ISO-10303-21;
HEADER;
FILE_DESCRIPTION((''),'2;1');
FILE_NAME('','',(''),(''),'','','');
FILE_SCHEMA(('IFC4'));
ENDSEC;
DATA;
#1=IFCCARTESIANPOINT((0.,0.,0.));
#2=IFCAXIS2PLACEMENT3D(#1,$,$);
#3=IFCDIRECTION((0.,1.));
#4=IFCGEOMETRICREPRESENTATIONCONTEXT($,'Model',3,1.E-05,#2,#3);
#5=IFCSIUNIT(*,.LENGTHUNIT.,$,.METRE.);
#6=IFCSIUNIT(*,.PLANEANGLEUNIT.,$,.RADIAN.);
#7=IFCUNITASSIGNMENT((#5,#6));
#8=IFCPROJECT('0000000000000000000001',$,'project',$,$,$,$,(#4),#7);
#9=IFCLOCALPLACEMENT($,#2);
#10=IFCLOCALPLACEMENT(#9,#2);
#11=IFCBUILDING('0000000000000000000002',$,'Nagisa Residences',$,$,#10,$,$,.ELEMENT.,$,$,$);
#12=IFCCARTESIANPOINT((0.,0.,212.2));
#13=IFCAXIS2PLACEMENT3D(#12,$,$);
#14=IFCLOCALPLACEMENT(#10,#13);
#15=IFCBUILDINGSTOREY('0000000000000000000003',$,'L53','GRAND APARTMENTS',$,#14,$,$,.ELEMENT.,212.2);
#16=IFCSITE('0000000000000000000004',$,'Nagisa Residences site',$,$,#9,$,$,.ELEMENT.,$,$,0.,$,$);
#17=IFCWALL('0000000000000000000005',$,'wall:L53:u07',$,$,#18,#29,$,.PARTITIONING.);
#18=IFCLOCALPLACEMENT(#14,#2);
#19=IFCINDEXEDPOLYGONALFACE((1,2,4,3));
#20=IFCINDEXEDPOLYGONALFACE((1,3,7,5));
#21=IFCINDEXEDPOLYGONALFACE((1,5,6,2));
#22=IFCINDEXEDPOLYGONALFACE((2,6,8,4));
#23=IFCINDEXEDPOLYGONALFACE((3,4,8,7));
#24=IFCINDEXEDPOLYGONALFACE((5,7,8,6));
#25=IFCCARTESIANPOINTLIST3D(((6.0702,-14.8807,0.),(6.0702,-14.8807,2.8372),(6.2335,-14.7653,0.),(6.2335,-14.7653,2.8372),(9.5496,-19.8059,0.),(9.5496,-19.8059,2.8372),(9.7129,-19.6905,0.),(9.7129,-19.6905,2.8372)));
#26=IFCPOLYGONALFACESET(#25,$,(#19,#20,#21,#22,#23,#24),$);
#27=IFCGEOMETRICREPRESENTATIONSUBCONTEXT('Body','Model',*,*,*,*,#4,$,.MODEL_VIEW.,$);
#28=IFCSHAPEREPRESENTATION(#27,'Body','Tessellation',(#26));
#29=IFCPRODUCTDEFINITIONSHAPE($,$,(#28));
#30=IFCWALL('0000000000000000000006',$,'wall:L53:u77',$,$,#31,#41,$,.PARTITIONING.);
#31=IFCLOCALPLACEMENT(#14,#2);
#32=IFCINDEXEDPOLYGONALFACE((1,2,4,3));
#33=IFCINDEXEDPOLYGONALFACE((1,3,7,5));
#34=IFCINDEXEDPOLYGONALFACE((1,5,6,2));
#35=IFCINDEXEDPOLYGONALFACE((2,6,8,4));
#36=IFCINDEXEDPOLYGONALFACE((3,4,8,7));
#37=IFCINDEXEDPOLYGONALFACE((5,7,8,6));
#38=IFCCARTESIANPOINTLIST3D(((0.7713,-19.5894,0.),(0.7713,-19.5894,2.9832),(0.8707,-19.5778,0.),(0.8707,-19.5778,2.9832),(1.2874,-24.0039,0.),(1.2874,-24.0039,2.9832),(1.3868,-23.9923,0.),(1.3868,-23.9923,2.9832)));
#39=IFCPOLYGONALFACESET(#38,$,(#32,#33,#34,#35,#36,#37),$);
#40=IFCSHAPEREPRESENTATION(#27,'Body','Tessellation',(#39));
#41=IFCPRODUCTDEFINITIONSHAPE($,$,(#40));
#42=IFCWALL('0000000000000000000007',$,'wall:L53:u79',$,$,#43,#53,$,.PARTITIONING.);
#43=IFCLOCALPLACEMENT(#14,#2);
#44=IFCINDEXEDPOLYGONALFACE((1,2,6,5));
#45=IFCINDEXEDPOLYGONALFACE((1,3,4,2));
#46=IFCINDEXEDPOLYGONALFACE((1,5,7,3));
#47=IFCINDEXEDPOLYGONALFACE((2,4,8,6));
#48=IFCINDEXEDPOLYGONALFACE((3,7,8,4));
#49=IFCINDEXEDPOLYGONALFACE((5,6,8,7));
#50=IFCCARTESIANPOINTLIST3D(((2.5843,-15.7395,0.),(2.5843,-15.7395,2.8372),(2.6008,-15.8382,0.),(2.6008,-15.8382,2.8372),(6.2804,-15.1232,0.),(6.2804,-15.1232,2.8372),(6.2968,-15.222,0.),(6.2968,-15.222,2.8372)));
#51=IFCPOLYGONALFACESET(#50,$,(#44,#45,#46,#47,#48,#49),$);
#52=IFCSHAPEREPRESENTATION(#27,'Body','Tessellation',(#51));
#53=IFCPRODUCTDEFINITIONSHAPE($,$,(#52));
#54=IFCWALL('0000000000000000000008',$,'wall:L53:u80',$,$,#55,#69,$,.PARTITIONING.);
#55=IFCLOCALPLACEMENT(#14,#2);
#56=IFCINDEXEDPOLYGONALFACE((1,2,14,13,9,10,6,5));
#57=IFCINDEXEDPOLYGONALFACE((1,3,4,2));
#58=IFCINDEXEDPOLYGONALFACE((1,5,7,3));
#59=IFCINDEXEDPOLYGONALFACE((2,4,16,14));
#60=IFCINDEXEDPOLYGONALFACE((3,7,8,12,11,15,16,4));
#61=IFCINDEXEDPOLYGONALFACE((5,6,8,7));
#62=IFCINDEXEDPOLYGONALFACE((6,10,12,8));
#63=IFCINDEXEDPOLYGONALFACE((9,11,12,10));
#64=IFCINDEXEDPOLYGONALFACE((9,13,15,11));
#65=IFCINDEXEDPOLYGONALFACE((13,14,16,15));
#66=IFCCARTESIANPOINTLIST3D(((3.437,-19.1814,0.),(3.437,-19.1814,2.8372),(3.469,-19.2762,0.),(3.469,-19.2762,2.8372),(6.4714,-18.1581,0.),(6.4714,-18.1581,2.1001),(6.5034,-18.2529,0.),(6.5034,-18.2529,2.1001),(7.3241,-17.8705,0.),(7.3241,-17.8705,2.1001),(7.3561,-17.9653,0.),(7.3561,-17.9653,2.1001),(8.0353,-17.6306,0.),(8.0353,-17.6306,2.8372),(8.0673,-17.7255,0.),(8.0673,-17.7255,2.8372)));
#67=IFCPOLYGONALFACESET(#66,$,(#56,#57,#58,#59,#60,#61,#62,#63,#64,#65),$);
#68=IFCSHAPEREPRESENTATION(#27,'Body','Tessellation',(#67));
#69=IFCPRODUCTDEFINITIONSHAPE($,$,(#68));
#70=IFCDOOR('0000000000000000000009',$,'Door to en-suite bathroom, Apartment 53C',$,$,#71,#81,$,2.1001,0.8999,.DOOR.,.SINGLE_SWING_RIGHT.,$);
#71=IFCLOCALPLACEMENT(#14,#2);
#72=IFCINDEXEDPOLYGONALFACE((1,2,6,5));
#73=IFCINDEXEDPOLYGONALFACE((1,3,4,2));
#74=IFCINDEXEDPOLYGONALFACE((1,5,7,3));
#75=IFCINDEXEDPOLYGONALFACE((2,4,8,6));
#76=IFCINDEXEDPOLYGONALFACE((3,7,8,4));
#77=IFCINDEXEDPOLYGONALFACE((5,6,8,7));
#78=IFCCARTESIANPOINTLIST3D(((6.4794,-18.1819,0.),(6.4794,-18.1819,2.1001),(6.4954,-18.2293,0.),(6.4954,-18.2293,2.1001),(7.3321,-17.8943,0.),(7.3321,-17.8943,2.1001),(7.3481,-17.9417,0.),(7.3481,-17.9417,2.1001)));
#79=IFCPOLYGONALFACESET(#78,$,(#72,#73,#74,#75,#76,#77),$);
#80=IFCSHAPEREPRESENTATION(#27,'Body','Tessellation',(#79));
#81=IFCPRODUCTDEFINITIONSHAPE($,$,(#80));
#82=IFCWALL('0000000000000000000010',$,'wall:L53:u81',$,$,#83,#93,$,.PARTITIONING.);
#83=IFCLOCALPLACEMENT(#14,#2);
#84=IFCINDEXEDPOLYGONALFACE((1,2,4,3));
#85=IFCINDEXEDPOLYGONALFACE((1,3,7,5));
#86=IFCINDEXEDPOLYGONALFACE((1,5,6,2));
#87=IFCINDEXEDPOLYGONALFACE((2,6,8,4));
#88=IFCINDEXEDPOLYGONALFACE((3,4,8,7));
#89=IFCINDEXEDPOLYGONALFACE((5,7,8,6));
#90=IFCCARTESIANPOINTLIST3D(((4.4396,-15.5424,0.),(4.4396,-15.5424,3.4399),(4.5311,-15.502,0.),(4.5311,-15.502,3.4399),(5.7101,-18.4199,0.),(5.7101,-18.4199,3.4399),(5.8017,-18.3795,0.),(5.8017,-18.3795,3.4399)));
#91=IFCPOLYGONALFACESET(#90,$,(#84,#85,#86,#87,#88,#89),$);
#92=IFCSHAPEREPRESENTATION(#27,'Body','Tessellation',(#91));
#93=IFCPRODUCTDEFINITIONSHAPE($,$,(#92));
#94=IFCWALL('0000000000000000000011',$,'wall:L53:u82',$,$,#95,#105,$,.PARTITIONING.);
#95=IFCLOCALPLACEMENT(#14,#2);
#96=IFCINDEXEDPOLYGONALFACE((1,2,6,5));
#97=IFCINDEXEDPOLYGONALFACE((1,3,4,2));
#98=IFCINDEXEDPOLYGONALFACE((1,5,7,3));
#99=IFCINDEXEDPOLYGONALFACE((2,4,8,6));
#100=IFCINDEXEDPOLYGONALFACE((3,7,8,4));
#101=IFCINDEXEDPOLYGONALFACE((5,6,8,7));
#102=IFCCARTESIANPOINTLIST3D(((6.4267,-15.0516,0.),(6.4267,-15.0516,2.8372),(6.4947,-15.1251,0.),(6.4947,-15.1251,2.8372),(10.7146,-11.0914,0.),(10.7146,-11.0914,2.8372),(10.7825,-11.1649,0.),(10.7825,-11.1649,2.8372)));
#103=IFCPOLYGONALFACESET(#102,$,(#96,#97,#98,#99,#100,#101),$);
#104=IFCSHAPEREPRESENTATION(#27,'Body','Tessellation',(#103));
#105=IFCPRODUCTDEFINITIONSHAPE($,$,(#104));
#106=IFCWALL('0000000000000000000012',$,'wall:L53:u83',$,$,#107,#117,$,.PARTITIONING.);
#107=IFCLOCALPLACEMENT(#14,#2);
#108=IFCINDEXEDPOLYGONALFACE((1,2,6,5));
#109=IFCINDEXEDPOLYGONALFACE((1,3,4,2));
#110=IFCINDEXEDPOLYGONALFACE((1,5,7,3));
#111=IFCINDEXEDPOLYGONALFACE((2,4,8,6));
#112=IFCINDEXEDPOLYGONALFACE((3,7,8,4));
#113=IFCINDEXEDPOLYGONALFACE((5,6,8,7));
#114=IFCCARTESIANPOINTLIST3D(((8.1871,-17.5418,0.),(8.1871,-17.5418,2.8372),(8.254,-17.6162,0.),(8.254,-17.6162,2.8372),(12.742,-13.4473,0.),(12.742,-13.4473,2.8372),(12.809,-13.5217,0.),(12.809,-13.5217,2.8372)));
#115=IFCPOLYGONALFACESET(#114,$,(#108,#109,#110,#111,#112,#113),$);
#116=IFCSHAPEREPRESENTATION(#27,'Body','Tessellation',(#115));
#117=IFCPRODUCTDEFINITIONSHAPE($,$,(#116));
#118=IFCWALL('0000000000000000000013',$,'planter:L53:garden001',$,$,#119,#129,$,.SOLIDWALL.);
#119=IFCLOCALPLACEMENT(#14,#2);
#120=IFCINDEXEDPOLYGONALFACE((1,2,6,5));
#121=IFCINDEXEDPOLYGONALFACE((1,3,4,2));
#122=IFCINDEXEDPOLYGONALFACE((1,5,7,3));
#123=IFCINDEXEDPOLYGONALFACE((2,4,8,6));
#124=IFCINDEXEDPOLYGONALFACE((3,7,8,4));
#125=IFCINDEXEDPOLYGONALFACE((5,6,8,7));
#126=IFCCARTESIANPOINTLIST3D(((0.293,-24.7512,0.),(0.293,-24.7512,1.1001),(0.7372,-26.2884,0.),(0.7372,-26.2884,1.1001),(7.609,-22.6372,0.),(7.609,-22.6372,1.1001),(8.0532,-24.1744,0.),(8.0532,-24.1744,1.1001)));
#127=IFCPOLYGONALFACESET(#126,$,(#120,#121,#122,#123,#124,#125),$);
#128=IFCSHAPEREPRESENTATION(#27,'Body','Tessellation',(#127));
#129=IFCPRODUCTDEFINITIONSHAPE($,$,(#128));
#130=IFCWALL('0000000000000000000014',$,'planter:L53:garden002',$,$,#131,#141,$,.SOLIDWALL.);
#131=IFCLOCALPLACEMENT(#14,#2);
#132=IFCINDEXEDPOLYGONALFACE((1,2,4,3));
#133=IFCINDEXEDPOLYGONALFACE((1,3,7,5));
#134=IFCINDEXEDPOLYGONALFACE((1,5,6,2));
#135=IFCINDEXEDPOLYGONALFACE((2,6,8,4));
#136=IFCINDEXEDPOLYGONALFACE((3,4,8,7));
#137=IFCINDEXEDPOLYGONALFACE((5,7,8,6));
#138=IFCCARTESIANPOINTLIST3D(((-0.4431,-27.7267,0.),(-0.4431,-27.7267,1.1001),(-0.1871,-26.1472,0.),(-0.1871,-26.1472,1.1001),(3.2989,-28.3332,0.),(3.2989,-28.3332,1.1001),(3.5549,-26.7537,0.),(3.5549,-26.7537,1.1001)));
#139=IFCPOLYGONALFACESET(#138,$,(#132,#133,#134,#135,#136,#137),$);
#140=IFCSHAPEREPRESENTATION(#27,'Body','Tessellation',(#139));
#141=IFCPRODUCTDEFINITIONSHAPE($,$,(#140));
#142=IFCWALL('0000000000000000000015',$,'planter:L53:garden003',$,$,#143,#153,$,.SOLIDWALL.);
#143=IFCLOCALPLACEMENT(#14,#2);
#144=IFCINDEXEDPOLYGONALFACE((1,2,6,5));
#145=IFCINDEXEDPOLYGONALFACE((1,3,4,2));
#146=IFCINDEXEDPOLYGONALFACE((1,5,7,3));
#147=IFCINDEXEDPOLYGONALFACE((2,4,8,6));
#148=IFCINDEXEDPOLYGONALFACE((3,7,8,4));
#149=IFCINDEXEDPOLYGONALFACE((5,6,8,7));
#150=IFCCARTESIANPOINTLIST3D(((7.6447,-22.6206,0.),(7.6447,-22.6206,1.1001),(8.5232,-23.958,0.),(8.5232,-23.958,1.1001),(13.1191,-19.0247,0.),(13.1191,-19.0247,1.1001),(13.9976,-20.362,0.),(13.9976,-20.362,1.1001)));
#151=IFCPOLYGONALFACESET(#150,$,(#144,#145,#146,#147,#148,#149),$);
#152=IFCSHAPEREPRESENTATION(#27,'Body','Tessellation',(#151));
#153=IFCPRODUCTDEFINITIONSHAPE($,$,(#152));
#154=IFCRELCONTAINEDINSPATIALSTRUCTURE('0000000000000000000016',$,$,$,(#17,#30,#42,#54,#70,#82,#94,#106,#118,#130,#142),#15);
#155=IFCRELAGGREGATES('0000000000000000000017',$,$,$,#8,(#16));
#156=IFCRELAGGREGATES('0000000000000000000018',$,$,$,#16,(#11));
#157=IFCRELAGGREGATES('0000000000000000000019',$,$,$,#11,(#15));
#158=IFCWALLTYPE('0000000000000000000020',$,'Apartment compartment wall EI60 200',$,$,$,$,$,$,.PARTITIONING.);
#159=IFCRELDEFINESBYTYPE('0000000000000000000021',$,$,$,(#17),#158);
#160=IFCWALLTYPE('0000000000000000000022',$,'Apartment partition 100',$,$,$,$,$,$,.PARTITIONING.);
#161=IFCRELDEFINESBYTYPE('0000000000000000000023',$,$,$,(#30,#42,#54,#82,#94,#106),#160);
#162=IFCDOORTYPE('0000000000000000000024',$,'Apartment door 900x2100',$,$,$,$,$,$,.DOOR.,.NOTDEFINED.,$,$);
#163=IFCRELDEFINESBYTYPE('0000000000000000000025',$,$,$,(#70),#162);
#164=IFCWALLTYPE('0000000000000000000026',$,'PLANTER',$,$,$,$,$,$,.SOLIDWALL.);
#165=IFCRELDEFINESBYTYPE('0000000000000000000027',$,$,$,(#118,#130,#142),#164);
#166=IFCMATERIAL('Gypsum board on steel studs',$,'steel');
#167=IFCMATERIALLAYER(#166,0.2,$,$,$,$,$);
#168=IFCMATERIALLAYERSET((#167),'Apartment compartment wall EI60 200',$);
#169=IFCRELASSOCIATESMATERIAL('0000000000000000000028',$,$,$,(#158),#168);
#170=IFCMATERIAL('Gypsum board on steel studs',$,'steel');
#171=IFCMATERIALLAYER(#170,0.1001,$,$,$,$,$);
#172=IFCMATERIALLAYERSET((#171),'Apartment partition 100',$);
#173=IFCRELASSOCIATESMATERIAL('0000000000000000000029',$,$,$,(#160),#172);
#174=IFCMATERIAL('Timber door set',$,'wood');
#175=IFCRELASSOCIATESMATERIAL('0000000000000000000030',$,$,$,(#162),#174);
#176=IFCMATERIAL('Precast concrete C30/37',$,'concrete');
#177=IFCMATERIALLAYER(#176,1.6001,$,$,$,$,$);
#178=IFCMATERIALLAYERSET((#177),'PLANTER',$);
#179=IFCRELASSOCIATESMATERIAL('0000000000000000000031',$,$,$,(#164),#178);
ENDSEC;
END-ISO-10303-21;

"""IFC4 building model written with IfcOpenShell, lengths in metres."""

from ifc_helpers import new_model, si_unit, direction, frame, frame_2d, origin, place, context, subcontext, project, spatial, rectangle, extrude, material, layer, layer_set, type_object, element, fill, save


model = new_model("IFC4")

# Units and contexts
model_context = context("Model", 3, precision=1e-05, world=origin(), true_north=direction((0.0, 1.0)))
body_context = subcontext(model_context, "Body", "Model", "MODEL_VIEW")
ifc_project = project(units=[si_unit("LENGTHUNIT", "METRE"), si_unit("PLANEANGLEUNIT", "RADIAN")], contexts=[model_context])

# Site, building, storey
site_placement = place(None, origin())
site = spatial("IfcSite", under=ifc_project, at=site_placement, Name="Nagisa Residences site", CompositionType="ELEMENT", RefElevation=0.0)
building_placement = place(site_placement, origin())
building = spatial("IfcBuilding", under=site, at=building_placement, Name="Nagisa Residences", CompositionType="ELEMENT")
storey_placement = place(building_placement, frame((0.0, 0.0, 212.2)))
storey = spatial("IfcBuildingStorey", under=building, at=storey_placement, Name="L53", Description="GRAND APARTMENTS", CompositionType="ELEMENT", Elevation=212.2)

# Walls
ifc_material_1 = material(Name="Gypsum board on steel studs", Category="steel")
ifc_layer_1 = layer(ifc_material_1, 0.2)
ifc_layer_set_1 = layer_set([ifc_layer_1], Name="Apartment compartment wall EI60 200")
wall_type_1 = type_object("IfcWallType", Name="Apartment compartment wall EI60 200", PredefinedType="PARTITIONING", material=ifc_layer_set_1)
wall_1_placement = place(storey_placement, frame((6.1519, -14.823, 0.0), z_axis=(0.0, 0.0, 1.0), x_axis=(0.576995, -0.816748, 0.0)))
element("IfcWall", 1, at=wall_1_placement, inside=storey, type_object=wall_type_1, Name="wall:L53:u07", PredefinedType="PARTITIONING", context=body_context, shape_type="SweptSolid", body=[
    extrude(rectangle(XDim=6.0303, YDim=0.2, at=frame_2d((3.0151, 0.0))), origin(), (0.0, 0.0, 1.0), 2.8372),
])
ifc_material_2 = material(Name="Gypsum board on steel studs", Category="steel")
ifc_layer_2 = layer(ifc_material_2, 0.1001)
ifc_layer_set_2 = layer_set([ifc_layer_2], Name="Apartment partition 100")
wall_type_2 = type_object("IfcWallType", Name="Apartment partition 100", PredefinedType="PARTITIONING", material=ifc_layer_set_2)
wall_2_placement = place(storey_placement, frame((0.821, -19.5837, 0.0), z_axis=(0.0, 0.0, 1.0), x_axis=(0.116121, -0.993235, 0.0)))
element("IfcWall", 2, at=wall_2_placement, inside=storey, type_object=wall_type_2, Name="wall:L53:u77", PredefinedType="PARTITIONING", context=body_context, shape_type="SweptSolid", body=[
    extrude(rectangle(XDim=4.4446, YDim=0.1001, at=frame_2d((2.2222, 0.0))), origin(), (0.0, 0.0, 1.0), 2.9832),
])
wall_3_placement = place(storey_placement, frame((2.5925, -15.7888, 0.0), z_axis=(0.0, 0.0, 1.0), x_axis=(0.986385, 0.164452, 0.0)))
element("IfcWall", 3, at=wall_3_placement, inside=storey, type_object=wall_type_2, Name="wall:L53:u79", PredefinedType="PARTITIONING", context=body_context, shape_type="SweptSolid", body=[
    extrude(rectangle(XDim=3.7471, YDim=0.1001, at=frame_2d((1.8735, 0.0))), origin(), (0.0, 0.0, 1.0), 2.8372),
])

# Wall, opening, door
wall_4_placement = place(storey_placement, frame((3.4531, -19.2288, 0.0), z_axis=(0.0, 0.0, 1.0), x_axis=(0.947566, 0.319561, 0.0)))
wall_4 = element("IfcWall", 4, at=wall_4_placement, inside=storey, type_object=wall_type_2, Name="wall:L53:u80", PredefinedType="PARTITIONING", context=body_context, shape_type="SweptSolid", body=[
    extrude(rectangle(XDim=4.8528, YDim=0.1001, at=frame_2d((2.4263, 0.0))), origin(), (0.0, 0.0, 1.0), 2.8372),
])
opening_1_placement = place(wall_4_placement, frame((3.2021, 0.0, 0.0)))
opening_1 = element("IfcOpeningElement", 5, at=opening_1_placement, cuts=wall_4, PredefinedType="OPENING", context=body_context, shape_type="SweptSolid", body=[
    extrude(rectangle(XDim=0.8999, YDim=2.1001, at=frame_2d((0.45, 1.05))), frame((0.0, 0.0601, 0.0), z_axis=(0.0, -1.0, 0.0), x_axis=(1.0, 0.0, 0.0)), (0.0, 0.0, 1.0), 0.1201),
])
ifc_material_3 = material(Name="Timber door set", Category="wood")
door_type_1 = type_object("IfcDoorType", Name="Apartment door 900x2100", OperationType="NOTDEFINED", PredefinedType="DOOR", material=ifc_material_3)
door_1_placement = place(opening_1_placement, origin())
door_1 = element("IfcDoor", 6, at=door_1_placement, inside=storey, type_object=door_type_1, Name="Door to en-suite bathroom, Apartment 53C", OperationType="SINGLE_SWING_RIGHT", OverallHeight=2.1001, OverallWidth=0.8999, PredefinedType="DOOR", context=body_context, shape_type="SweptSolid", body=[
    extrude(rectangle(XDim=0.8999, YDim=2.1001, at=frame_2d((0.45, 1.05))), frame((0.0, 0.0249, 0.0), z_axis=(0.0, -1.0, 0.0), x_axis=(1.0, 0.0, 0.0)), (0.0, 0.0, 1.0), 0.05),
])
fill(opening_1, door_1)

# Walls
wall_5_placement = place(storey_placement, frame((4.4854, -15.5222, 0.0), z_axis=(0.0, 0.0, 1.0), x_axis=(0.403919, -0.914795, 0.0)))
element("IfcWall", 7, at=wall_5_placement, inside=storey, type_object=wall_type_2, Name="wall:L53:u81", PredefinedType="PARTITIONING", context=body_context, shape_type="SweptSolid", body=[
    extrude(rectangle(XDim=3.1455, YDim=0.1001, at=frame_2d((1.5728, 0.0))), origin(), (0.0, 0.0, 1.0), 3.4399),
])
wall_6_placement = place(storey_placement, frame((6.4607, -15.0884, 0.0), z_axis=(0.0, 0.0, 1.0), x_axis=(0.734616, 0.678483, 0.0)))
element("IfcWall", 8, at=wall_6_placement, inside=storey, type_object=wall_type_2, Name="wall:L53:u82", PredefinedType="PARTITIONING", context=body_context, shape_type="SweptSolid", body=[
    extrude(rectangle(XDim=5.8369, YDim=0.1001, at=frame_2d((2.9185, 0.0))), origin(), (0.0, 0.0, 1.0), 2.8372),
])
wall_7_placement = place(storey_placement, frame((8.2205, -17.5791, 0.0), z_axis=(0.0, 0.0, 1.0), x_axis=(0.743696, 0.668518, 0.0)))
element("IfcWall", 9, at=wall_7_placement, inside=storey, type_object=wall_type_2, Name="wall:L53:u83", PredefinedType="PARTITIONING", context=body_context, shape_type="SweptSolid", body=[
    extrude(rectangle(XDim=6.1248, YDim=0.1001, at=frame_2d((3.0625, 0.0))), origin(), (0.0, 0.0, 1.0), 2.8372),
])

# Walls
ifc_material_4 = material(Name="Precast concrete C30/37", Category="concrete")
ifc_layer_3 = layer(ifc_material_4, 1.6001)
ifc_layer_set_3 = layer_set([ifc_layer_3], Name="PLANTER")
wall_type_3 = type_object("IfcWallType", Name="PLANTER", PredefinedType="SOLIDWALL", material=ifc_layer_set_3)
wall_8_placement = place(storey_placement, frame((0.5151, -25.5198, 0.0), z_axis=(0.0, 0.0, 1.0), x_axis=(0.960696, 0.277603, 0.0)))
element("IfcWall", 10, at=wall_8_placement, inside=storey, type_object=wall_type_3, Name="planter:L53:garden001", PredefinedType="SOLIDWALL", context=body_context, shape_type="SweptSolid", body=[
    extrude(rectangle(XDim=7.6152, YDim=1.6001, at=frame_2d((3.8076, 0.0))), origin(), (0.0, 0.0, 1.0), 1.1001),
])
wall_9_placement = place(storey_placement, frame((3.427, -27.5435, 0.0), z_axis=(0.0, 0.0, 1.0), x_axis=(-0.98712, 0.15998, 0.0)))
element("IfcWall", 11, at=wall_9_placement, inside=storey, type_object=wall_type_3, Name="planter:L53:garden002", PredefinedType="SOLIDWALL", context=body_context, shape_type="SweptSolid", body=[
    extrude(rectangle(XDim=3.7908, YDim=1.6001, at=frame_2d((1.8955, 0.0))), origin(), (0.0, 0.0, 1.0), 1.1001),
])
wall_10_placement = place(storey_placement, frame((8.084, -23.2893, 0.0), z_axis=(0.0, 0.0, 1.0), x_axis=(0.83581, 0.549019, 0.0)))
element("IfcWall", 12, at=wall_10_placement, inside=storey, type_object=wall_type_3, Name="planter:L53:garden003", PredefinedType="SOLIDWALL", context=body_context, shape_type="SweptSolid", body=[
    extrude(rectangle(XDim=6.5498, YDim=1.6001, at=frame_2d((3.2749, 0.0))), origin(), (0.0, 0.0, 1.0), 1.1001),
])

save(model, "model.ifc")
